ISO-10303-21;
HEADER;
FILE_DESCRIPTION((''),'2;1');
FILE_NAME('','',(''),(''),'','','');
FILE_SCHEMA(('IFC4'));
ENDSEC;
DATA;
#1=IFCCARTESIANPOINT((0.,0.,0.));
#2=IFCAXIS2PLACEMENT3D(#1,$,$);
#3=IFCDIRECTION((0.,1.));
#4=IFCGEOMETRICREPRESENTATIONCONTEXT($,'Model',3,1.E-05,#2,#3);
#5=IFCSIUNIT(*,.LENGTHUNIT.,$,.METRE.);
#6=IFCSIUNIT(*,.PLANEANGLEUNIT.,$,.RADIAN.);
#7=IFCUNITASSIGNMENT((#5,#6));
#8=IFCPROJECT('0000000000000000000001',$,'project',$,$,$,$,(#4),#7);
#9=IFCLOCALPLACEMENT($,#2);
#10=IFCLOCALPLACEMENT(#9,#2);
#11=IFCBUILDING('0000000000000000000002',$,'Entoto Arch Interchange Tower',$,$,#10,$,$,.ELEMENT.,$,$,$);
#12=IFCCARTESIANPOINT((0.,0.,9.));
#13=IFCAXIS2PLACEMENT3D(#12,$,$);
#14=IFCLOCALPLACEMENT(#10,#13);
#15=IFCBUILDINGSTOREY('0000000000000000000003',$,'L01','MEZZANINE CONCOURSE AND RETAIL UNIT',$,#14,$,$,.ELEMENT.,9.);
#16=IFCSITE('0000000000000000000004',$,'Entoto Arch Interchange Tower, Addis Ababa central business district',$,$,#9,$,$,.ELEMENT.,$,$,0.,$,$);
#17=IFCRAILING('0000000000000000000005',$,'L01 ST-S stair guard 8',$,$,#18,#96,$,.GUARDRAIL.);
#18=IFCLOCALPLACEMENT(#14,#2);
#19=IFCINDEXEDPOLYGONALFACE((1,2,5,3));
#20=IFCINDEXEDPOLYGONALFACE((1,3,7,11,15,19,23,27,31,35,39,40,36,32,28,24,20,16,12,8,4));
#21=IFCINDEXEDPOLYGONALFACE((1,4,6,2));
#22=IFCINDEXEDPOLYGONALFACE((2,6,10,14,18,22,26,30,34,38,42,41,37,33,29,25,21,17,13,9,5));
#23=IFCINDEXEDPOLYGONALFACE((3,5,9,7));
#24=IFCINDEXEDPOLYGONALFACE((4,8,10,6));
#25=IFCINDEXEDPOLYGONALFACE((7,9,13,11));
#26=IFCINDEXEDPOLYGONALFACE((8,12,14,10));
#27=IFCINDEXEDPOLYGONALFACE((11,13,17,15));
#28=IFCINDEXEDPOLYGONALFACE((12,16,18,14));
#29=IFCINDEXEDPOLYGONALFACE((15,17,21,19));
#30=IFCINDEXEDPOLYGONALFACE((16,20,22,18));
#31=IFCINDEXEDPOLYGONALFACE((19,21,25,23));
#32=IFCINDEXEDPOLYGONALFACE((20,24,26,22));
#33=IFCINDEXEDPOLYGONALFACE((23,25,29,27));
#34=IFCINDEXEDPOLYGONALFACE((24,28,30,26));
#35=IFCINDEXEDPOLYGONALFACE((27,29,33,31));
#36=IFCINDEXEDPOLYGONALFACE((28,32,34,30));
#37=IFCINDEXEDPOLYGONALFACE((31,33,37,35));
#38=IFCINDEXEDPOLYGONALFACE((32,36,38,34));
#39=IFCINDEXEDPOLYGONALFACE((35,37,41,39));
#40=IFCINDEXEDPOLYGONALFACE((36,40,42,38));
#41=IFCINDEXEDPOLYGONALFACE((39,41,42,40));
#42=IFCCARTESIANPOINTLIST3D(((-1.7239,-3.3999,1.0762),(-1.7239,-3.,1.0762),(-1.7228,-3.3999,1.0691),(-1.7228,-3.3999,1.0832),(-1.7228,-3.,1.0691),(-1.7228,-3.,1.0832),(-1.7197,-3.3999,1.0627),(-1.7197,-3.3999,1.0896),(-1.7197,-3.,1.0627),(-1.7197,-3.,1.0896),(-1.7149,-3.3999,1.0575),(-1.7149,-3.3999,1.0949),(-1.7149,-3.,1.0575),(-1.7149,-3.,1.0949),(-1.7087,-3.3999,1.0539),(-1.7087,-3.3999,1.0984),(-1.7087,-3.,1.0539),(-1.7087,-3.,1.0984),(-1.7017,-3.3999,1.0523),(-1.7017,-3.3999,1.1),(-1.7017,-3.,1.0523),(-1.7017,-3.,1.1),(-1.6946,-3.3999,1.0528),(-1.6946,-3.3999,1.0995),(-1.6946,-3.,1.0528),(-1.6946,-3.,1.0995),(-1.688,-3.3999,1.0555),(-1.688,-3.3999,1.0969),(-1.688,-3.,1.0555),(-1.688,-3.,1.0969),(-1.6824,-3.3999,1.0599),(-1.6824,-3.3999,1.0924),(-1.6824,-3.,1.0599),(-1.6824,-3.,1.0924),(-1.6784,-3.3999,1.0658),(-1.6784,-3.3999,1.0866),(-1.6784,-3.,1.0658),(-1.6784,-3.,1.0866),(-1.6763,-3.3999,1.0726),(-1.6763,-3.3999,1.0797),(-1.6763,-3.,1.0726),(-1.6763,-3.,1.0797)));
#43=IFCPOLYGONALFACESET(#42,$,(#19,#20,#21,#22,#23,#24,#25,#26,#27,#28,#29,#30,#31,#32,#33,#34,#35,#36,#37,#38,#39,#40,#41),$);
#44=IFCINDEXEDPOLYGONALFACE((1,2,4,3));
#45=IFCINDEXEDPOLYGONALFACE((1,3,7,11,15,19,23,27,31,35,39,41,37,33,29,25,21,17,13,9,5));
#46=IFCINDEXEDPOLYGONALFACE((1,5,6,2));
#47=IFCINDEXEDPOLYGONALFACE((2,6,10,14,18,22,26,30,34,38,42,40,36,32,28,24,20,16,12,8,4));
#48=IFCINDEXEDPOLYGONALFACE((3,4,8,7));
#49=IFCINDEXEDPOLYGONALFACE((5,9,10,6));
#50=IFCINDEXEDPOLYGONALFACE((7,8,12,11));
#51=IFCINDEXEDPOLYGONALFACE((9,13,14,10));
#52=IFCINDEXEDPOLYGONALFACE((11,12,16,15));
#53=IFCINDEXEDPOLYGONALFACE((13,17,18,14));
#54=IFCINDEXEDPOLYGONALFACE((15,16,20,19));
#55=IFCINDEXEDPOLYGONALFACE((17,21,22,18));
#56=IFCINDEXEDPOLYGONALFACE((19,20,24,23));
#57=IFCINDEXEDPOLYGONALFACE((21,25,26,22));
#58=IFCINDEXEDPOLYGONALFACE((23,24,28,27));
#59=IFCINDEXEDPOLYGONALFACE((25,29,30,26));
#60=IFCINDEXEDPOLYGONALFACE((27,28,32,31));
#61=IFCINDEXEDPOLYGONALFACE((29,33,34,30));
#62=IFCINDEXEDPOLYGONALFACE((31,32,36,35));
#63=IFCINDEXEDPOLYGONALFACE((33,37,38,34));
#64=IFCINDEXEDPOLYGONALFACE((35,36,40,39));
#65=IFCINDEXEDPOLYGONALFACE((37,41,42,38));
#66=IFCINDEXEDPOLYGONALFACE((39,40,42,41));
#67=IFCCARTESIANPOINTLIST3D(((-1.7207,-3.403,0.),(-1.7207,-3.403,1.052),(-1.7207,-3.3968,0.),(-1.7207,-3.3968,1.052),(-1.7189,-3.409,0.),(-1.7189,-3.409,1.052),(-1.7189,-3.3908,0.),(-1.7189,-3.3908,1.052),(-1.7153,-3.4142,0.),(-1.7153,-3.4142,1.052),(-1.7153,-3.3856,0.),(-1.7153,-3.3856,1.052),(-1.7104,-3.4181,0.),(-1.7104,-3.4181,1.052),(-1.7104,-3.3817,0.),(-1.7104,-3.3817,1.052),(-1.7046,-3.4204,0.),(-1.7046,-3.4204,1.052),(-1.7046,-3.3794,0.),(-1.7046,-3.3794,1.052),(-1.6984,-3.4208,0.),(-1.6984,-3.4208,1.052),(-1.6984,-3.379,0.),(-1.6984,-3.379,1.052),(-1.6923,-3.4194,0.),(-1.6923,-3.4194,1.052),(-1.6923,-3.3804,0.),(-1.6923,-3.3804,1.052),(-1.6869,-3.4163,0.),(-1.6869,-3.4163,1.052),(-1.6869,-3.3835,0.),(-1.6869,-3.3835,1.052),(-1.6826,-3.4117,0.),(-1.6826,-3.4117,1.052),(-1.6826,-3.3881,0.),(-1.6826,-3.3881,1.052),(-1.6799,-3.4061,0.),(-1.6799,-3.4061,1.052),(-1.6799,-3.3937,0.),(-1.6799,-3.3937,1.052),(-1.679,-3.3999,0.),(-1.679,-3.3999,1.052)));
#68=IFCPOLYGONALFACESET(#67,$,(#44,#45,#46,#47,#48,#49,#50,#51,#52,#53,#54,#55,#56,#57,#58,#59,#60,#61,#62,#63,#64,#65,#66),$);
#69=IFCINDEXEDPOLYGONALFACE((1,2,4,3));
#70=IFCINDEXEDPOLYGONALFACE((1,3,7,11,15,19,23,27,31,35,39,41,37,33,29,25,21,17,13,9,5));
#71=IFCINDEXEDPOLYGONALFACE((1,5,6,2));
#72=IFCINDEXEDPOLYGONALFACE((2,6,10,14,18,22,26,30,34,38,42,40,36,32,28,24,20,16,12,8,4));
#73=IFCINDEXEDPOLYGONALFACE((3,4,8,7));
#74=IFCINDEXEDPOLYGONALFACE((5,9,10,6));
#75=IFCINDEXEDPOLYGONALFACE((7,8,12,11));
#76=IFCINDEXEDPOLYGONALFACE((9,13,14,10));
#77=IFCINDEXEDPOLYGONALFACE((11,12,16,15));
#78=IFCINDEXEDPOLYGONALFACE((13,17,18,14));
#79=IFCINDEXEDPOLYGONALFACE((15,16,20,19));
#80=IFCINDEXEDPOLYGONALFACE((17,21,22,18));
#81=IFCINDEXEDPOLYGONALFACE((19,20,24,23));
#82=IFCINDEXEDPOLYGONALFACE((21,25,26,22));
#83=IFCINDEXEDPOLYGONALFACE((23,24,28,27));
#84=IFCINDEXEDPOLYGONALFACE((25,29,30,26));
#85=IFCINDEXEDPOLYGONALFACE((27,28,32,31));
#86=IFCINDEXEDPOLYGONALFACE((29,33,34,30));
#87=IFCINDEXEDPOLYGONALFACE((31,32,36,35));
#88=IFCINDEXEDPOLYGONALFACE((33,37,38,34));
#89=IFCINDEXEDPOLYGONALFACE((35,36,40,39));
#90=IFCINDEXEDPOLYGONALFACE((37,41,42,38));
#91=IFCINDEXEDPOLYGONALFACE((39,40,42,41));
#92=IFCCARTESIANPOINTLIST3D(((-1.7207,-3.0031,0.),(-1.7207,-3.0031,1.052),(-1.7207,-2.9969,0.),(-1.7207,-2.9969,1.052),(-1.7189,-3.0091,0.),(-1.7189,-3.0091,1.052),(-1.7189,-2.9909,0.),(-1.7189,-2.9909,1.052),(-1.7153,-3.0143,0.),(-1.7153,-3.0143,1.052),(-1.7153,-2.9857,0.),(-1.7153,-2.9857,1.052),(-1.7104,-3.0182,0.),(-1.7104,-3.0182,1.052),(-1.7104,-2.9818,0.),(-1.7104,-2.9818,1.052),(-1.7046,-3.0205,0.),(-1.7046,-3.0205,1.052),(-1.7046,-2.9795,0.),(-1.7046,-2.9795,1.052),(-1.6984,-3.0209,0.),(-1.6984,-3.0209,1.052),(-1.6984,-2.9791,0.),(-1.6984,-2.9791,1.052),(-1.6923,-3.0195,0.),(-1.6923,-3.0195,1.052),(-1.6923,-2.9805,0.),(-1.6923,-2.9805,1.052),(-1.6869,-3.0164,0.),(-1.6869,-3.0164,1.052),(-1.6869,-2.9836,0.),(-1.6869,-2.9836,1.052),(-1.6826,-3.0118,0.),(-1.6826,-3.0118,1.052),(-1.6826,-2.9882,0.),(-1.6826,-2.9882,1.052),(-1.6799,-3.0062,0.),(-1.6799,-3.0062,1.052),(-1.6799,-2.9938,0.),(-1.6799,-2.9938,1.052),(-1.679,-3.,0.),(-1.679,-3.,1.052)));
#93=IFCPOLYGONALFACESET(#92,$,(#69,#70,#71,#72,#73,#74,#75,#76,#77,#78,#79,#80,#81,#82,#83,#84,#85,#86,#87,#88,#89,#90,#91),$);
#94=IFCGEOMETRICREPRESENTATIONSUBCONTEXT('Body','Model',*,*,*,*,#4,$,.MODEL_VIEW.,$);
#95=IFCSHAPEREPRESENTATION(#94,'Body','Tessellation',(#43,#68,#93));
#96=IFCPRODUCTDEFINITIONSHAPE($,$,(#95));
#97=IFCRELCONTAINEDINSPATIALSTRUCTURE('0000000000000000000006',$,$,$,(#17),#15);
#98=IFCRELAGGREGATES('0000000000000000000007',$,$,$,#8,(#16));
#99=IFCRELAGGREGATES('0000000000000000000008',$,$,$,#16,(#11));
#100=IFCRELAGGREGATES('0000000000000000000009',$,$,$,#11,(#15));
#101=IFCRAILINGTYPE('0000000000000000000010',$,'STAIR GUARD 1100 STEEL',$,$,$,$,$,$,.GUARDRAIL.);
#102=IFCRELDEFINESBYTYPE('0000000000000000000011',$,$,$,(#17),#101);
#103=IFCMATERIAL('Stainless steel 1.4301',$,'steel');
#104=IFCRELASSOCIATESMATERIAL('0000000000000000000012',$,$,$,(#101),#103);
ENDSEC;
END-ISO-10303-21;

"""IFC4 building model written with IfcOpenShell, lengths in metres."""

from ifc_helpers import new_model, si_unit, direction, frame, origin, origin_2d, place, context, subcontext, project, spatial, circle, extrude, material, type_object, element, save


model = new_model("IFC4")

# Units and contexts
model_context = context("Model", 3, precision=1e-05, world=origin(), true_north=direction((0.0, 1.0)))
body_context = subcontext(model_context, "Body", "Model", "MODEL_VIEW")
ifc_project = project(units=[si_unit("LENGTHUNIT", "METRE"), si_unit("PLANEANGLEUNIT", "RADIAN")], contexts=[model_context])

# Site, building, storey
site_placement = place(None, origin())
site = spatial("IfcSite", under=ifc_project, at=site_placement, Name="Entoto Arch Interchange Tower, Addis Ababa central business district", CompositionType="ELEMENT", RefElevation=0.0)
building_placement = place(site_placement, origin())
building = spatial("IfcBuilding", under=site, at=building_placement, Name="Entoto Arch Interchange Tower", CompositionType="ELEMENT")
storey_placement = place(building_placement, frame((0.0, 0.0, 9.0)))
storey = spatial("IfcBuildingStorey", under=building, at=storey_placement, Name="L01", Description="MEZZANINE CONCOURSE AND RETAIL UNIT", CompositionType="ELEMENT", Elevation=9.0)

# Railing
ifc_material_1 = material(Name="Stainless steel 1.4301", Category="steel")
railing_type_1 = type_object("IfcRailingType", Name="STAIR GUARD 1100 STEEL", PredefinedType="GUARDRAIL", material=ifc_material_1)
railing_1_placement = place(storey_placement, frame((-1.7, -3.3999, 0.0)))
element("IfcRailing", 1, at=railing_1_placement, inside=storey, type_object=railing_type_1, Name="L01 ST-S stair guard 8", PredefinedType="GUARDRAIL", context=body_context, shape_type="SweptSolid", body=[
    extrude(circle(Radius=0.0239, at=origin_2d()), frame((0.0, 0.0, 1.0762), z_axis=(0.0, 1.0, 0.0), x_axis=(-1.0, 0.0, 0.0)), (0.0, 0.0, 1.0), 0.3999),
    extrude(circle(Radius=0.021, at=origin_2d()), origin(), (0.0, 0.0, 1.0), 1.052),
    extrude(circle(Radius=0.021, at=origin_2d()), frame((0.0, 0.3999, 0.0)), (0.0, 0.0, 1.0), 1.052),
])

save(model, "model.ifc")
